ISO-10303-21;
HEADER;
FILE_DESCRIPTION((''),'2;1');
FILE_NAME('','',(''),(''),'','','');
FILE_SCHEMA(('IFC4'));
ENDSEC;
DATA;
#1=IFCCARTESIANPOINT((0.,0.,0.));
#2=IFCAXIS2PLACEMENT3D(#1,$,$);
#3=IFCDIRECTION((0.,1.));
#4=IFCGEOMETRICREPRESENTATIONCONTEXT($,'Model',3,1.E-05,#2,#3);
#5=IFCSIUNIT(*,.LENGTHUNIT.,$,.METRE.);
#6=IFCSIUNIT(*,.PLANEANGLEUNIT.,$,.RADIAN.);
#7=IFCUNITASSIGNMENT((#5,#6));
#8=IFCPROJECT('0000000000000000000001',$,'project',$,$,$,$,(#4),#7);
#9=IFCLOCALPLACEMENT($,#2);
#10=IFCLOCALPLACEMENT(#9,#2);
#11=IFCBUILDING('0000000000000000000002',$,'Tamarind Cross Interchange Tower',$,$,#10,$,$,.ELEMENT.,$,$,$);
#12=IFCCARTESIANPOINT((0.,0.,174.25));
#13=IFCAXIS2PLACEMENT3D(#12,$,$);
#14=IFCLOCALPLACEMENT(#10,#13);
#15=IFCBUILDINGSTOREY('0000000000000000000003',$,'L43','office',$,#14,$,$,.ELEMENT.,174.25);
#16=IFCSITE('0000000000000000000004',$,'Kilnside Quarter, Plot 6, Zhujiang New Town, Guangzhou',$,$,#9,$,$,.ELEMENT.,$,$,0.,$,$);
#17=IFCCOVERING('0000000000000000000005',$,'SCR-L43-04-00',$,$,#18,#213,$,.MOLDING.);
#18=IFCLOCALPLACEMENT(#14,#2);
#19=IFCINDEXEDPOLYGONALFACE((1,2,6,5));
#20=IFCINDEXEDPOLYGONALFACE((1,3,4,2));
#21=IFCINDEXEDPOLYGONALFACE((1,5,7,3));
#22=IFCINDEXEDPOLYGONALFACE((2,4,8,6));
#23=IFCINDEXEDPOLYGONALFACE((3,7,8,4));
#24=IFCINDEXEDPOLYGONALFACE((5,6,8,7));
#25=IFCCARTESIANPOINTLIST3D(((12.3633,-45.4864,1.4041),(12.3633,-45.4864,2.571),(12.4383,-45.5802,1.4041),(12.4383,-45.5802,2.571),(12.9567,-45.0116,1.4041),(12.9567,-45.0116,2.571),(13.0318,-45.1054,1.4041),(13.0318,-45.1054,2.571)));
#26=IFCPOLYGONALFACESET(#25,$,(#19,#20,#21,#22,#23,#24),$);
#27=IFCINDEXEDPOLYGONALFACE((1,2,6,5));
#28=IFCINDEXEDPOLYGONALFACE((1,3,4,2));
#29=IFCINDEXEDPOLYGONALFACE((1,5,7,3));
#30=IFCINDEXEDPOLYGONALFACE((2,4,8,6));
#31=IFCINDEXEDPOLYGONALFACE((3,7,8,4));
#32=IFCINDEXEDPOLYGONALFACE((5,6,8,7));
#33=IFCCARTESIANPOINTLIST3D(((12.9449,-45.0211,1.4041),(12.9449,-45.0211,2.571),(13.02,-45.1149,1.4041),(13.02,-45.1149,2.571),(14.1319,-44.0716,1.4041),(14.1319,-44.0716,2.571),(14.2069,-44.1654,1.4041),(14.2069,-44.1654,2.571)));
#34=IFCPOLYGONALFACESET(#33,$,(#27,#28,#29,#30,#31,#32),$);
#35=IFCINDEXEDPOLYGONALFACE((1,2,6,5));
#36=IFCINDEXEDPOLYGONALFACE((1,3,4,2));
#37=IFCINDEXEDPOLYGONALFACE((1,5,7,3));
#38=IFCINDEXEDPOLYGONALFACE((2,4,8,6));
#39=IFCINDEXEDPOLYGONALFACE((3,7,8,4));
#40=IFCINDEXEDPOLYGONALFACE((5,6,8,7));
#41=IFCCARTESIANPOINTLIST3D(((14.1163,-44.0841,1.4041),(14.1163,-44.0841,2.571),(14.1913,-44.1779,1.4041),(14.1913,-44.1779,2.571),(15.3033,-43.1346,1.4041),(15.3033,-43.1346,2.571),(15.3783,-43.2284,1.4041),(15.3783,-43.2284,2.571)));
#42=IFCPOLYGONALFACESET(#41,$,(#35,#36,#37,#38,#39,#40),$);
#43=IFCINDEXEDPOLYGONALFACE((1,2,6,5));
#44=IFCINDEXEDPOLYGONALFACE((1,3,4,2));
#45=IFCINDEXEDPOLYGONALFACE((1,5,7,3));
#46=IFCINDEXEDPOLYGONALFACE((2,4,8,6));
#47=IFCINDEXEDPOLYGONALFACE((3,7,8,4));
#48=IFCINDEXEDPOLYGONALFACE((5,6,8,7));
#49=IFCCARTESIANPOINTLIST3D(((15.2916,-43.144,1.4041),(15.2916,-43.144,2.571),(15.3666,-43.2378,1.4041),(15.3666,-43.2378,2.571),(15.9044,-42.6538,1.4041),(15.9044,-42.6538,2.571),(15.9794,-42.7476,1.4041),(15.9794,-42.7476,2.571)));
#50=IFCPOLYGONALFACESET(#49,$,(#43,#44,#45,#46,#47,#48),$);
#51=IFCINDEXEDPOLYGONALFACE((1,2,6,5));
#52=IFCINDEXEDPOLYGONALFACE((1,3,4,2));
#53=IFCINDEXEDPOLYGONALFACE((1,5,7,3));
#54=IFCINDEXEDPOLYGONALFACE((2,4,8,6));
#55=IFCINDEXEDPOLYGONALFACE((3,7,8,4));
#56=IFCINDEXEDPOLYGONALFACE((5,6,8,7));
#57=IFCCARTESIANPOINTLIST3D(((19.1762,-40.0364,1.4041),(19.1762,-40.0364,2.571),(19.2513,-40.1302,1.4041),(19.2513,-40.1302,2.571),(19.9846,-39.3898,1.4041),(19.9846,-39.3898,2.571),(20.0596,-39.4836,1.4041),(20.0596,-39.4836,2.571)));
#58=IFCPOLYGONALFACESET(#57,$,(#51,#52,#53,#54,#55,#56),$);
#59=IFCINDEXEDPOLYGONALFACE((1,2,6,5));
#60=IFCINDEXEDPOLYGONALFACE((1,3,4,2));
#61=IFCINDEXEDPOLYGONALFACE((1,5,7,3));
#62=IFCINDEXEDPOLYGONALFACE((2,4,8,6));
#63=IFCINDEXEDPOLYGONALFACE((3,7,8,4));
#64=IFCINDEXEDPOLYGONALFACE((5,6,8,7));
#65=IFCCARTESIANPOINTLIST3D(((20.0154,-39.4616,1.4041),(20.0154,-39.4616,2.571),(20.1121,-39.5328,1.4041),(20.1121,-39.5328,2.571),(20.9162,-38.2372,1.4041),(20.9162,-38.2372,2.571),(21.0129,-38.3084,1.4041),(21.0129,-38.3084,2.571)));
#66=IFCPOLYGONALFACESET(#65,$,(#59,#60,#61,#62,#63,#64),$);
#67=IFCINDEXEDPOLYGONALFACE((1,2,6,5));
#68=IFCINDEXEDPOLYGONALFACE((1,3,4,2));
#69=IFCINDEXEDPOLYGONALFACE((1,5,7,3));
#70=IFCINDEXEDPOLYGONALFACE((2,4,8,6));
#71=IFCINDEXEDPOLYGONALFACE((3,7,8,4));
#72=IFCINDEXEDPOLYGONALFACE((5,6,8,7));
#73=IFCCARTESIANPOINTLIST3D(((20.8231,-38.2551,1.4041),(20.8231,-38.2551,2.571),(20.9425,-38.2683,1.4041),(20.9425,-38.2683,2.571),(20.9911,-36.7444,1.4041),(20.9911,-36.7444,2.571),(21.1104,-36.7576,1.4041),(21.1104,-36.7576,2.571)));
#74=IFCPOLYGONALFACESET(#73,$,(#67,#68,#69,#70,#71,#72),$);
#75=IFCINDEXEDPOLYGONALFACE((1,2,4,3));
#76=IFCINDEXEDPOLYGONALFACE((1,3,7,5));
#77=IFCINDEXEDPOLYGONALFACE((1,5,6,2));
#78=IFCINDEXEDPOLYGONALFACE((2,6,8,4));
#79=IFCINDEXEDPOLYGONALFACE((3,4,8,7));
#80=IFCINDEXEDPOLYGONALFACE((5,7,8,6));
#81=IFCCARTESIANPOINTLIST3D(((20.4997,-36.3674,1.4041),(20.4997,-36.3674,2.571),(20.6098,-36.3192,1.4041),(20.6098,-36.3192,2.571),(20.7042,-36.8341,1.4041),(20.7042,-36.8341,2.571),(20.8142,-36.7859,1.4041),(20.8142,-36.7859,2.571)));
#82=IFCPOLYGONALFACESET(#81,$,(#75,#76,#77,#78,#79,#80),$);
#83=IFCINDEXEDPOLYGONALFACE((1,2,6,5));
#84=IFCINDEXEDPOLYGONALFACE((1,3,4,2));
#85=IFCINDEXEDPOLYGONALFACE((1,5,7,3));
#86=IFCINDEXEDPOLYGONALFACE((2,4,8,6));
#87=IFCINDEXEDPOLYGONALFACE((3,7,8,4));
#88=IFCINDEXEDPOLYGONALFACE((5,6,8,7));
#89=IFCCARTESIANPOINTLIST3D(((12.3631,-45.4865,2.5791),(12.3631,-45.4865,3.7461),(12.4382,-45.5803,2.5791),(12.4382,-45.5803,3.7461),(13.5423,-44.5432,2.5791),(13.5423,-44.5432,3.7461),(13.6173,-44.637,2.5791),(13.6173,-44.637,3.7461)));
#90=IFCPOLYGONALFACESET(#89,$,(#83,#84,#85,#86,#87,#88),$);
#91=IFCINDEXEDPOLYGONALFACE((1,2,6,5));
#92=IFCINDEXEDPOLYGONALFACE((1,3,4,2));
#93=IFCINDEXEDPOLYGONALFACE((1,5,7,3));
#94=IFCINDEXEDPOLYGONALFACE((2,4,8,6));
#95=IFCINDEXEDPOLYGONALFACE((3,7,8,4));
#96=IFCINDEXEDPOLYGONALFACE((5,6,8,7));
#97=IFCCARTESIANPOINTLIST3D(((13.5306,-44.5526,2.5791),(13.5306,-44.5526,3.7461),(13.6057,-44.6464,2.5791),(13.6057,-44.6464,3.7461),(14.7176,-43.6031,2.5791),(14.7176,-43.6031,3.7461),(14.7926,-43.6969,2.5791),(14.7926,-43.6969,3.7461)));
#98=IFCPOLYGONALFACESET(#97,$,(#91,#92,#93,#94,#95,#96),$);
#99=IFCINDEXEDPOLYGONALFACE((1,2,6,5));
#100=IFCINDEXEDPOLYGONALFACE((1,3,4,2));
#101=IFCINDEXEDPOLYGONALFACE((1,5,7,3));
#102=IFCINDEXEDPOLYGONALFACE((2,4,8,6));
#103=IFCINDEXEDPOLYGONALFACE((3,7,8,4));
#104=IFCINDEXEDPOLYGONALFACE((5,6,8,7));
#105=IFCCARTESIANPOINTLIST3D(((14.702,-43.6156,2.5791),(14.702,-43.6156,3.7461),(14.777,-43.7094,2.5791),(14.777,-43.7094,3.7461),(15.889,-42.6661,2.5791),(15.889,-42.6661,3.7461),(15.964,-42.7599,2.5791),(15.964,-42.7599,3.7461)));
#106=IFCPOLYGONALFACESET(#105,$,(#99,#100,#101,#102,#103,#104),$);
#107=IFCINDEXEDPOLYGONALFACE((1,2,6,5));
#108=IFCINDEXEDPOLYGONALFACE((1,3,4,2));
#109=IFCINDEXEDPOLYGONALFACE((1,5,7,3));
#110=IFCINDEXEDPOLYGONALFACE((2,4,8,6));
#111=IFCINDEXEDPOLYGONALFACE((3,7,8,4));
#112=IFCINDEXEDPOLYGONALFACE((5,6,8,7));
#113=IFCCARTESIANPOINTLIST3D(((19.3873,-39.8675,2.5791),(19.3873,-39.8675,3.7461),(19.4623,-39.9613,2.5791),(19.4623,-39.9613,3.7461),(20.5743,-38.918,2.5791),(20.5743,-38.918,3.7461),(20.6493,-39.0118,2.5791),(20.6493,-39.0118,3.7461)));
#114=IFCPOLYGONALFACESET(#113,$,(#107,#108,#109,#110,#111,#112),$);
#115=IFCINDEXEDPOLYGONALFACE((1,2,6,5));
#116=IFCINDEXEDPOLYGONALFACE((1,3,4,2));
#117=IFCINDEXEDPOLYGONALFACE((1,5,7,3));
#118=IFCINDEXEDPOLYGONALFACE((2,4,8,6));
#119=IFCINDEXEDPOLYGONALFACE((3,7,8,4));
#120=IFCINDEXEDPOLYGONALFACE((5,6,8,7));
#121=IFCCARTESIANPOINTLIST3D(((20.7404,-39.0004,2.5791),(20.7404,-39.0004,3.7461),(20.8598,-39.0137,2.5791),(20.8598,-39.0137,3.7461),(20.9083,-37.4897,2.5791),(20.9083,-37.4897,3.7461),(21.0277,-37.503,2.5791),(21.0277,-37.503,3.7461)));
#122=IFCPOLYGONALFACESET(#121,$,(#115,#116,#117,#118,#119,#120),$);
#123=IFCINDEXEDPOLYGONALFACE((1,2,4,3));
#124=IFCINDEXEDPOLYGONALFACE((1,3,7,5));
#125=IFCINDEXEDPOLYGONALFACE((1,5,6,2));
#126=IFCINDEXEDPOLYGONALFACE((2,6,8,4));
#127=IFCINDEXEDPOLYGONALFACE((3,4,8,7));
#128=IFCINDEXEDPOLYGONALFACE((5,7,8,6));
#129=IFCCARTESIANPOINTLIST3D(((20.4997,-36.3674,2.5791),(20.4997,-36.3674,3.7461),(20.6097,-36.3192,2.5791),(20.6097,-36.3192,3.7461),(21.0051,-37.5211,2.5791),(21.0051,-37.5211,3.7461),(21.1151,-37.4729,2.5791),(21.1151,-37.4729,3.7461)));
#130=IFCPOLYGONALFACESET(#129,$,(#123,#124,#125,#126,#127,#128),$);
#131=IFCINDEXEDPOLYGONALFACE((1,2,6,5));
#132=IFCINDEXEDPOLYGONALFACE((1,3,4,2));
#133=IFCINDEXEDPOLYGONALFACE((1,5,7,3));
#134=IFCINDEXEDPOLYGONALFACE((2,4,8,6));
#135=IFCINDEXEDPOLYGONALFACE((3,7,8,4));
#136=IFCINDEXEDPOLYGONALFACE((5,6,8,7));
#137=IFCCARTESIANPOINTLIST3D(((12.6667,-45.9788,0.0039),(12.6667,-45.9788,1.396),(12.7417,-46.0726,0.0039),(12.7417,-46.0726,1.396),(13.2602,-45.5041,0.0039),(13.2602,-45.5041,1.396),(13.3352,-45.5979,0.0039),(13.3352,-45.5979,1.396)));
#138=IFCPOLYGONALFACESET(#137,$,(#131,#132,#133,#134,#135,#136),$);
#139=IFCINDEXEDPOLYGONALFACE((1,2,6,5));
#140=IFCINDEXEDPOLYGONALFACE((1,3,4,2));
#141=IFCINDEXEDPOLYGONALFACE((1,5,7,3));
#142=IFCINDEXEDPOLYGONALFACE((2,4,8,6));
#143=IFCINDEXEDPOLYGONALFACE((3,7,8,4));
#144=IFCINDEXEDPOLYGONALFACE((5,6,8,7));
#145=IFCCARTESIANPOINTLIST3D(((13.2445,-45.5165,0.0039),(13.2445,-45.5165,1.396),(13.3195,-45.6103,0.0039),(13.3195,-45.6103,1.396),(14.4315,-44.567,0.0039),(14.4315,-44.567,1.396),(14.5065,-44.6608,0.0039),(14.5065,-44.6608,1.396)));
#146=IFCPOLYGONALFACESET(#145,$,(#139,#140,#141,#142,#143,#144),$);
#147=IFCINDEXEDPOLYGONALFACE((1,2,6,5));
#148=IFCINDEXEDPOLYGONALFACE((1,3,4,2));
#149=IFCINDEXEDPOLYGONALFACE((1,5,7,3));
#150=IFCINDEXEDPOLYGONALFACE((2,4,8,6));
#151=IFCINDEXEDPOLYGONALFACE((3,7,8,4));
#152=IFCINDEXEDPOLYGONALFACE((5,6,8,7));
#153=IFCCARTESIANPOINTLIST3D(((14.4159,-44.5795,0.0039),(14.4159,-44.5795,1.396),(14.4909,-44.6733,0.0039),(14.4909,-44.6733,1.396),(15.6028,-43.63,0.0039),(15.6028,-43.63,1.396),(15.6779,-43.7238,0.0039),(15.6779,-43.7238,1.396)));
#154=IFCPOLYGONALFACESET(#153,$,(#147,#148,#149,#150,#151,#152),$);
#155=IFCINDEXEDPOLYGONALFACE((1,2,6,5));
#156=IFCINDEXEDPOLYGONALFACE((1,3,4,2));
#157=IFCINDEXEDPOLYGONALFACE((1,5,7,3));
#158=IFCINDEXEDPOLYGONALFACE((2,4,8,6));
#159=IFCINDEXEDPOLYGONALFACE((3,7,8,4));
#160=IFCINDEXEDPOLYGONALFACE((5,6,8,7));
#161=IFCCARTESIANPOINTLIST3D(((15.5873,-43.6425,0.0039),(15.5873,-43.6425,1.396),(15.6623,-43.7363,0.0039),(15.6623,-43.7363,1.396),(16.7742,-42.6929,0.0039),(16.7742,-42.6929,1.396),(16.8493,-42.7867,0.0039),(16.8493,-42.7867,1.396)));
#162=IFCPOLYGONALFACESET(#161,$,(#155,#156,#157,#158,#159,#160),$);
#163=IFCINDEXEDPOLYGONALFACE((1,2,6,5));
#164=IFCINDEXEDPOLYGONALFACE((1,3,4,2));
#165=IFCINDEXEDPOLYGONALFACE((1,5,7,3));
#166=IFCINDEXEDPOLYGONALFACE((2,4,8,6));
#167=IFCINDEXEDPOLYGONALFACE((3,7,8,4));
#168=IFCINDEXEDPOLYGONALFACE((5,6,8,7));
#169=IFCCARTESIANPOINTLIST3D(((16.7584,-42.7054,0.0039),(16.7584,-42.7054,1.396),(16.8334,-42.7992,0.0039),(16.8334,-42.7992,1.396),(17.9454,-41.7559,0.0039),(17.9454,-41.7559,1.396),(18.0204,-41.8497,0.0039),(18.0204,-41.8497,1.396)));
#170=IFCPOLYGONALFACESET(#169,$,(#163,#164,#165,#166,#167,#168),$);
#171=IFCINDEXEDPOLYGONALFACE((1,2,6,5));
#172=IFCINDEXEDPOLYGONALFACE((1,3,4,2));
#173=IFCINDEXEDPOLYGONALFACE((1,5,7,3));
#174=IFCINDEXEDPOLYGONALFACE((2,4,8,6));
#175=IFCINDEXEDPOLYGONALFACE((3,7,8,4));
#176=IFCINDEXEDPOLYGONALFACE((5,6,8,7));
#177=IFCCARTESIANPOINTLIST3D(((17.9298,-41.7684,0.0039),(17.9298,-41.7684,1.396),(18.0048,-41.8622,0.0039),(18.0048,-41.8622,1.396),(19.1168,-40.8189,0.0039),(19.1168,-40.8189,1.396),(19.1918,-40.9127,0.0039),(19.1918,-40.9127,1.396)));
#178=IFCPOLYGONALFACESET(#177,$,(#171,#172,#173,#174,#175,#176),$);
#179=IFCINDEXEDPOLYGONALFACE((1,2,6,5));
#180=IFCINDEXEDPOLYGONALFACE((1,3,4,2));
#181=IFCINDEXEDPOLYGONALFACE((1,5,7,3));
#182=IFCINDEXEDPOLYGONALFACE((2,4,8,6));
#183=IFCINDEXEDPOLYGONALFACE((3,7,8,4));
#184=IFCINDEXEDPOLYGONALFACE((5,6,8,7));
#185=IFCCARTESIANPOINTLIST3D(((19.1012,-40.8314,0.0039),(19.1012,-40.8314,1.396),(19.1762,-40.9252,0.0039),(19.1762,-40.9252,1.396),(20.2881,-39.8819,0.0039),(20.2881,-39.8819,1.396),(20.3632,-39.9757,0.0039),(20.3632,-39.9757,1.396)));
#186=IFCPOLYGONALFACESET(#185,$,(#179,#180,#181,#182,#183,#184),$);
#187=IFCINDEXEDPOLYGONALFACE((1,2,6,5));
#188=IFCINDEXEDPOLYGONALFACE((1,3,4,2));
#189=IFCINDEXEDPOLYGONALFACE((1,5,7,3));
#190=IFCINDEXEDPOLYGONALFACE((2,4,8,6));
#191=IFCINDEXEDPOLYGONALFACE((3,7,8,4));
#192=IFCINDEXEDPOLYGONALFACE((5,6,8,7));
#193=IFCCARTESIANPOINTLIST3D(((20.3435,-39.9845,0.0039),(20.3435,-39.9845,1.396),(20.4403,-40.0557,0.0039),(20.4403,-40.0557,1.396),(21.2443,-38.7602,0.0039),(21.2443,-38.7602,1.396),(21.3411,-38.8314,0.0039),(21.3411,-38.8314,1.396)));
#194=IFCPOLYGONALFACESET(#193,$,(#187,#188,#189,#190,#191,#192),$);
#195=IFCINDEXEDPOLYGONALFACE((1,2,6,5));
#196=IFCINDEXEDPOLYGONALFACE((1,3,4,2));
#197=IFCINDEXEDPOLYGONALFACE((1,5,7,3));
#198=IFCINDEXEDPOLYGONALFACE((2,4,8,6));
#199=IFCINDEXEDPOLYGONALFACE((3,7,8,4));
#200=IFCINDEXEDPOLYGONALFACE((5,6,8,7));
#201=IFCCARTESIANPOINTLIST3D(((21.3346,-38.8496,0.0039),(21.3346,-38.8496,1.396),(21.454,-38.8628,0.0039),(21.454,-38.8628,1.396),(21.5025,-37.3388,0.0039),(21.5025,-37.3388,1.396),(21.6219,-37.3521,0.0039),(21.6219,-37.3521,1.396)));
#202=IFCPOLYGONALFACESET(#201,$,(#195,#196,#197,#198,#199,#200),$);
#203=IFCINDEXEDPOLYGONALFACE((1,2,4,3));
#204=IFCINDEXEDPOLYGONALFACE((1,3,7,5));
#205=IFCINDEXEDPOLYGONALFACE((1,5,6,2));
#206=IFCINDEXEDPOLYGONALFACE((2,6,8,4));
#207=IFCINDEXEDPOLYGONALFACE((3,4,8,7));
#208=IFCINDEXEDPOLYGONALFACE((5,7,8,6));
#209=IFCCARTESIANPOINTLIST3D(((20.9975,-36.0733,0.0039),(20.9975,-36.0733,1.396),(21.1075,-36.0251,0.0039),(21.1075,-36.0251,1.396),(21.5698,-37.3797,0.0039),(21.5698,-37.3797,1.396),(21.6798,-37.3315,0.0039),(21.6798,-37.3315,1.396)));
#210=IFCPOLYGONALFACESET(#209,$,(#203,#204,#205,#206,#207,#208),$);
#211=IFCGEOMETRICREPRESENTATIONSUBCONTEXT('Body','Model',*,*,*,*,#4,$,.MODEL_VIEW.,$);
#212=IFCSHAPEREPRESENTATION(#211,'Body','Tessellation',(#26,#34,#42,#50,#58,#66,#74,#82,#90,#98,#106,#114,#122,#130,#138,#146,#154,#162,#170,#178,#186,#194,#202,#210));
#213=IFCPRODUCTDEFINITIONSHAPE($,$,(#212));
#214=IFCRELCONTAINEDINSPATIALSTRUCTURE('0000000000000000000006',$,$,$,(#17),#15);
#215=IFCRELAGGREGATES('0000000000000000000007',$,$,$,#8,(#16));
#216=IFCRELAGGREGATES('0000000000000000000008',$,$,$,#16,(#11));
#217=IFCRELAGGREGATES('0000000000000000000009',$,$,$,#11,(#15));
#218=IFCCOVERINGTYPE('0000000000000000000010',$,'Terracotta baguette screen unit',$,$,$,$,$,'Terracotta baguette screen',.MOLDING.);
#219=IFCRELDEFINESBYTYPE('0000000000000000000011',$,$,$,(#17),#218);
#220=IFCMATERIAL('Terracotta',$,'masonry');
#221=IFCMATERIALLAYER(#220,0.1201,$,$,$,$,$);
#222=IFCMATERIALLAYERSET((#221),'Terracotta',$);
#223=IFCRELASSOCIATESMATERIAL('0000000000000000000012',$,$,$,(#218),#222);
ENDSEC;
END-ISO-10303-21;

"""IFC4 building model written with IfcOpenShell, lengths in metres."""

from ifc_helpers import new_model, si_unit, direction, frame, origin, origin_2d, place, context, subcontext, project, spatial, rectangle, extrude, material, layer, layer_set, type_object, element, save


model = new_model("IFC4")

# Units and contexts
model_context = context("Model", 3, precision=1e-05, world=origin(), true_north=direction((0.0, 1.0)))
body_context = subcontext(model_context, "Body", "Model", "MODEL_VIEW")
ifc_project = project(units=[si_unit("LENGTHUNIT", "METRE"), si_unit("PLANEANGLEUNIT", "RADIAN")], contexts=[model_context])

# Site, building, storey
site_placement = place(None, origin())
site = spatial("IfcSite", under=ifc_project, at=site_placement, Name="Kilnside Quarter, Plot 6, Zhujiang New Town, Guangzhou", CompositionType="ELEMENT", RefElevation=0.0)
building_placement = place(site_placement, origin())
building = spatial("IfcBuilding", under=site, at=building_placement, Name="Tamarind Cross Interchange Tower", CompositionType="ELEMENT")
storey_placement = place(building_placement, frame((0.0, 0.0, 174.25)))
storey = spatial("IfcBuildingStorey", under=building, at=storey_placement, Name="L43", Description="office", CompositionType="ELEMENT", Elevation=174.25)

# Covering
ifc_material_1 = material(Name="Terracotta", Category="masonry")
ifc_layer_1 = layer(ifc_material_1, 0.1201)
ifc_layer_set_1 = layer_set([ifc_layer_1], Name="Terracotta")
covering_type = type_object("IfcCoveringType", Name="Terracotta baguette screen unit", ElementType="Terracotta baguette screen", PredefinedType="MOLDING", material=ifc_layer_set_1)
covering_1_placement = place(storey_placement, origin())
element("IfcCovering", 1, at=covering_1_placement, inside=storey, type_object=covering_type, Name="SCR-L43-04-00", PredefinedType="MOLDING", context=body_context, shape_type="SweptSolid", body=[
    extrude(rectangle(XDim=0.76, YDim=0.1201, at=origin_2d()), frame((12.6975, -45.2959, 1.4041), z_axis=(0.0, 0.0, 1.0), x_axis=(0.780893, 0.624665, 0.0)), (0.0, 0.0, 1.0), 1.167),
    extrude(rectangle(XDim=1.52, YDim=0.1201, at=origin_2d()), frame((13.5759, -44.5933, 1.4041), z_axis=(0.0, 0.0, 1.0), x_axis=(0.780893, 0.624665, 0.0)), (0.0, 0.0, 1.0), 1.167),
    extrude(rectangle(XDim=1.52, YDim=0.1201, at=origin_2d()), frame((14.7473, -43.6562, 1.4041), z_axis=(0.0, 0.0, 1.0), x_axis=(0.780893, 0.624665, 0.0)), (0.0, 0.0, 1.0), 1.167),
    extrude(rectangle(XDim=0.7847, YDim=0.1201, at=origin_2d()), frame((15.6355, -42.9458, 1.4041), z_axis=(0.0, 0.0, 1.0), x_axis=(0.780893, 0.624665, 0.0)), (0.0, 0.0, 1.0), 1.167),
    extrude(rectangle(XDim=1.0352, YDim=0.1201, at=origin_2d()), frame((19.6179, -39.76, 1.4041), z_axis=(0.0, 0.0, 1.0), x_axis=(0.780893, 0.624665, 0.0)), (0.0, 0.0, 1.0), 1.167),
    extrude(rectangle(XDim=1.52, YDim=0.1201, at=origin_2d()), frame((20.5142, -38.885, 1.4041), z_axis=(0.0, 0.0, 1.0), x_axis=(0.592609, 0.80549, 0.0)), (0.0, 0.0, 1.0), 1.167),
    extrude(rectangle(XDim=1.52, YDim=0.1201, at=origin_2d()), frame((20.9668, -37.5063, 1.4041), z_axis=(0.0, 0.0, 1.0), x_axis=(0.11047, 0.993879, 0.0)), (0.0, 0.0, 1.0), 1.167),
    extrude(rectangle(XDim=0.5095, YDim=0.1201, at=origin_2d()), frame((20.657, -36.5767, 1.4041), z_axis=(0.0, 0.0, 1.0), x_axis=(-0.40127, 0.91596, 0.0)), (0.0, 0.0, 1.0), 1.167),
    extrude(rectangle(XDim=1.51, YDim=0.1201, at=origin_2d()), frame((12.9902, -45.0618, 2.5791), z_axis=(0.0, 0.0, 1.0), x_axis=(0.780893, 0.624665, 0.0)), (0.0, 0.0, 1.0), 1.167),
    extrude(rectangle(XDim=1.52, YDim=0.1201, at=origin_2d()), frame((14.1616, -44.1248, 2.5791), z_axis=(0.0, 0.0, 1.0), x_axis=(0.780893, 0.624665, 0.0)), (0.0, 0.0, 1.0), 1.167),
    extrude(rectangle(XDim=1.52, YDim=0.1201, at=origin_2d()), frame((15.333, -43.1877, 2.5791), z_axis=(0.0, 0.0, 1.0), x_axis=(0.780893, 0.624665, 0.0)), (0.0, 0.0, 1.0), 1.167),
    extrude(rectangle(XDim=1.52, YDim=0.1201, at=origin_2d()), frame((20.0183, -39.4397, 2.5791), z_axis=(0.0, 0.0, 1.0), x_axis=(0.780893, 0.624665, 0.0)), (0.0, 0.0, 1.0), 1.167),
    extrude(rectangle(XDim=1.52, YDim=0.1201, at=origin_2d()), frame((20.884, -38.2517, 2.5791), z_axis=(0.0, 0.0, 1.0), x_axis=(0.11047, 0.993879, 0.0)), (0.0, 0.0, 1.0), 1.167),
    extrude(rectangle(XDim=1.2595, YDim=0.1201, at=origin_2d()), frame((20.8074, -36.9202, 2.5791), z_axis=(0.0, 0.0, 1.0), x_axis=(-0.40127, 0.91596, 0.0)), (0.0, 0.0, 1.0), 1.167),
    extrude(rectangle(XDim=0.76, YDim=0.1201, at=origin_2d()), frame((13.001, -45.7883, 0.0039), z_axis=(0.0, 0.0, 1.0), x_axis=(0.780893, 0.624665, 0.0)), (0.0, 0.0, 1.0), 1.3921),
    extrude(rectangle(XDim=1.52, YDim=0.1201, at=origin_2d()), frame((13.8755, -45.0886, 0.0039), z_axis=(0.0, 0.0, 1.0), x_axis=(0.780893, 0.624665, 0.0)), (0.0, 0.0, 1.0), 1.3921),
    extrude(rectangle(XDim=1.52, YDim=0.1201, at=origin_2d()), frame((15.0469, -44.1516, 0.0039), z_axis=(0.0, 0.0, 1.0), x_axis=(0.780893, 0.624665, 0.0)), (0.0, 0.0, 1.0), 1.3921),
    extrude(rectangle(XDim=1.52, YDim=0.1201, at=origin_2d()), frame((16.2183, -43.2146, 0.0039), z_axis=(0.0, 0.0, 1.0), x_axis=(0.780893, 0.624665, 0.0)), (0.0, 0.0, 1.0), 1.3921),
    extrude(rectangle(XDim=1.52, YDim=0.1201, at=origin_2d()), frame((17.3894, -42.2776, 0.0039), z_axis=(0.0, 0.0, 1.0), x_axis=(0.780893, 0.624665, 0.0)), (0.0, 0.0, 1.0), 1.3921),
    extrude(rectangle(XDim=1.52, YDim=0.1201, at=origin_2d()), frame((18.5608, -41.3406, 0.0039), z_axis=(0.0, 0.0, 1.0), x_axis=(0.780893, 0.624665, 0.0)), (0.0, 0.0, 1.0), 1.3921),
    extrude(rectangle(XDim=1.52, YDim=0.1201, at=origin_2d()), frame((19.7322, -40.4036, 0.0039), z_axis=(0.0, 0.0, 1.0), x_axis=(0.780893, 0.624665, 0.0)), (0.0, 0.0, 1.0), 1.3921),
    extrude(rectangle(XDim=1.52, YDim=0.1201, at=origin_2d()), frame((20.8423, -39.408, 0.0039), z_axis=(0.0, 0.0, 1.0), x_axis=(0.592609, 0.80549, 0.0)), (0.0, 0.0, 1.0), 1.3921),
    extrude(rectangle(XDim=1.52, YDim=0.1201, at=origin_2d()), frame((21.4783, -38.1008, 0.0039), z_axis=(0.0, 0.0, 1.0), x_axis=(0.11047, 0.993879, 0.0)), (0.0, 0.0, 1.0), 1.3921),
    extrude(rectangle(XDim=1.4263, YDim=0.1201, at=origin_2d()), frame((21.3386, -36.7024, 0.0039), z_axis=(0.0, 0.0, 1.0), x_axis=(-0.40127, 0.91596, 0.0)), (0.0, 0.0, 1.0), 1.3921),
])

save(model, "model.ifc")
